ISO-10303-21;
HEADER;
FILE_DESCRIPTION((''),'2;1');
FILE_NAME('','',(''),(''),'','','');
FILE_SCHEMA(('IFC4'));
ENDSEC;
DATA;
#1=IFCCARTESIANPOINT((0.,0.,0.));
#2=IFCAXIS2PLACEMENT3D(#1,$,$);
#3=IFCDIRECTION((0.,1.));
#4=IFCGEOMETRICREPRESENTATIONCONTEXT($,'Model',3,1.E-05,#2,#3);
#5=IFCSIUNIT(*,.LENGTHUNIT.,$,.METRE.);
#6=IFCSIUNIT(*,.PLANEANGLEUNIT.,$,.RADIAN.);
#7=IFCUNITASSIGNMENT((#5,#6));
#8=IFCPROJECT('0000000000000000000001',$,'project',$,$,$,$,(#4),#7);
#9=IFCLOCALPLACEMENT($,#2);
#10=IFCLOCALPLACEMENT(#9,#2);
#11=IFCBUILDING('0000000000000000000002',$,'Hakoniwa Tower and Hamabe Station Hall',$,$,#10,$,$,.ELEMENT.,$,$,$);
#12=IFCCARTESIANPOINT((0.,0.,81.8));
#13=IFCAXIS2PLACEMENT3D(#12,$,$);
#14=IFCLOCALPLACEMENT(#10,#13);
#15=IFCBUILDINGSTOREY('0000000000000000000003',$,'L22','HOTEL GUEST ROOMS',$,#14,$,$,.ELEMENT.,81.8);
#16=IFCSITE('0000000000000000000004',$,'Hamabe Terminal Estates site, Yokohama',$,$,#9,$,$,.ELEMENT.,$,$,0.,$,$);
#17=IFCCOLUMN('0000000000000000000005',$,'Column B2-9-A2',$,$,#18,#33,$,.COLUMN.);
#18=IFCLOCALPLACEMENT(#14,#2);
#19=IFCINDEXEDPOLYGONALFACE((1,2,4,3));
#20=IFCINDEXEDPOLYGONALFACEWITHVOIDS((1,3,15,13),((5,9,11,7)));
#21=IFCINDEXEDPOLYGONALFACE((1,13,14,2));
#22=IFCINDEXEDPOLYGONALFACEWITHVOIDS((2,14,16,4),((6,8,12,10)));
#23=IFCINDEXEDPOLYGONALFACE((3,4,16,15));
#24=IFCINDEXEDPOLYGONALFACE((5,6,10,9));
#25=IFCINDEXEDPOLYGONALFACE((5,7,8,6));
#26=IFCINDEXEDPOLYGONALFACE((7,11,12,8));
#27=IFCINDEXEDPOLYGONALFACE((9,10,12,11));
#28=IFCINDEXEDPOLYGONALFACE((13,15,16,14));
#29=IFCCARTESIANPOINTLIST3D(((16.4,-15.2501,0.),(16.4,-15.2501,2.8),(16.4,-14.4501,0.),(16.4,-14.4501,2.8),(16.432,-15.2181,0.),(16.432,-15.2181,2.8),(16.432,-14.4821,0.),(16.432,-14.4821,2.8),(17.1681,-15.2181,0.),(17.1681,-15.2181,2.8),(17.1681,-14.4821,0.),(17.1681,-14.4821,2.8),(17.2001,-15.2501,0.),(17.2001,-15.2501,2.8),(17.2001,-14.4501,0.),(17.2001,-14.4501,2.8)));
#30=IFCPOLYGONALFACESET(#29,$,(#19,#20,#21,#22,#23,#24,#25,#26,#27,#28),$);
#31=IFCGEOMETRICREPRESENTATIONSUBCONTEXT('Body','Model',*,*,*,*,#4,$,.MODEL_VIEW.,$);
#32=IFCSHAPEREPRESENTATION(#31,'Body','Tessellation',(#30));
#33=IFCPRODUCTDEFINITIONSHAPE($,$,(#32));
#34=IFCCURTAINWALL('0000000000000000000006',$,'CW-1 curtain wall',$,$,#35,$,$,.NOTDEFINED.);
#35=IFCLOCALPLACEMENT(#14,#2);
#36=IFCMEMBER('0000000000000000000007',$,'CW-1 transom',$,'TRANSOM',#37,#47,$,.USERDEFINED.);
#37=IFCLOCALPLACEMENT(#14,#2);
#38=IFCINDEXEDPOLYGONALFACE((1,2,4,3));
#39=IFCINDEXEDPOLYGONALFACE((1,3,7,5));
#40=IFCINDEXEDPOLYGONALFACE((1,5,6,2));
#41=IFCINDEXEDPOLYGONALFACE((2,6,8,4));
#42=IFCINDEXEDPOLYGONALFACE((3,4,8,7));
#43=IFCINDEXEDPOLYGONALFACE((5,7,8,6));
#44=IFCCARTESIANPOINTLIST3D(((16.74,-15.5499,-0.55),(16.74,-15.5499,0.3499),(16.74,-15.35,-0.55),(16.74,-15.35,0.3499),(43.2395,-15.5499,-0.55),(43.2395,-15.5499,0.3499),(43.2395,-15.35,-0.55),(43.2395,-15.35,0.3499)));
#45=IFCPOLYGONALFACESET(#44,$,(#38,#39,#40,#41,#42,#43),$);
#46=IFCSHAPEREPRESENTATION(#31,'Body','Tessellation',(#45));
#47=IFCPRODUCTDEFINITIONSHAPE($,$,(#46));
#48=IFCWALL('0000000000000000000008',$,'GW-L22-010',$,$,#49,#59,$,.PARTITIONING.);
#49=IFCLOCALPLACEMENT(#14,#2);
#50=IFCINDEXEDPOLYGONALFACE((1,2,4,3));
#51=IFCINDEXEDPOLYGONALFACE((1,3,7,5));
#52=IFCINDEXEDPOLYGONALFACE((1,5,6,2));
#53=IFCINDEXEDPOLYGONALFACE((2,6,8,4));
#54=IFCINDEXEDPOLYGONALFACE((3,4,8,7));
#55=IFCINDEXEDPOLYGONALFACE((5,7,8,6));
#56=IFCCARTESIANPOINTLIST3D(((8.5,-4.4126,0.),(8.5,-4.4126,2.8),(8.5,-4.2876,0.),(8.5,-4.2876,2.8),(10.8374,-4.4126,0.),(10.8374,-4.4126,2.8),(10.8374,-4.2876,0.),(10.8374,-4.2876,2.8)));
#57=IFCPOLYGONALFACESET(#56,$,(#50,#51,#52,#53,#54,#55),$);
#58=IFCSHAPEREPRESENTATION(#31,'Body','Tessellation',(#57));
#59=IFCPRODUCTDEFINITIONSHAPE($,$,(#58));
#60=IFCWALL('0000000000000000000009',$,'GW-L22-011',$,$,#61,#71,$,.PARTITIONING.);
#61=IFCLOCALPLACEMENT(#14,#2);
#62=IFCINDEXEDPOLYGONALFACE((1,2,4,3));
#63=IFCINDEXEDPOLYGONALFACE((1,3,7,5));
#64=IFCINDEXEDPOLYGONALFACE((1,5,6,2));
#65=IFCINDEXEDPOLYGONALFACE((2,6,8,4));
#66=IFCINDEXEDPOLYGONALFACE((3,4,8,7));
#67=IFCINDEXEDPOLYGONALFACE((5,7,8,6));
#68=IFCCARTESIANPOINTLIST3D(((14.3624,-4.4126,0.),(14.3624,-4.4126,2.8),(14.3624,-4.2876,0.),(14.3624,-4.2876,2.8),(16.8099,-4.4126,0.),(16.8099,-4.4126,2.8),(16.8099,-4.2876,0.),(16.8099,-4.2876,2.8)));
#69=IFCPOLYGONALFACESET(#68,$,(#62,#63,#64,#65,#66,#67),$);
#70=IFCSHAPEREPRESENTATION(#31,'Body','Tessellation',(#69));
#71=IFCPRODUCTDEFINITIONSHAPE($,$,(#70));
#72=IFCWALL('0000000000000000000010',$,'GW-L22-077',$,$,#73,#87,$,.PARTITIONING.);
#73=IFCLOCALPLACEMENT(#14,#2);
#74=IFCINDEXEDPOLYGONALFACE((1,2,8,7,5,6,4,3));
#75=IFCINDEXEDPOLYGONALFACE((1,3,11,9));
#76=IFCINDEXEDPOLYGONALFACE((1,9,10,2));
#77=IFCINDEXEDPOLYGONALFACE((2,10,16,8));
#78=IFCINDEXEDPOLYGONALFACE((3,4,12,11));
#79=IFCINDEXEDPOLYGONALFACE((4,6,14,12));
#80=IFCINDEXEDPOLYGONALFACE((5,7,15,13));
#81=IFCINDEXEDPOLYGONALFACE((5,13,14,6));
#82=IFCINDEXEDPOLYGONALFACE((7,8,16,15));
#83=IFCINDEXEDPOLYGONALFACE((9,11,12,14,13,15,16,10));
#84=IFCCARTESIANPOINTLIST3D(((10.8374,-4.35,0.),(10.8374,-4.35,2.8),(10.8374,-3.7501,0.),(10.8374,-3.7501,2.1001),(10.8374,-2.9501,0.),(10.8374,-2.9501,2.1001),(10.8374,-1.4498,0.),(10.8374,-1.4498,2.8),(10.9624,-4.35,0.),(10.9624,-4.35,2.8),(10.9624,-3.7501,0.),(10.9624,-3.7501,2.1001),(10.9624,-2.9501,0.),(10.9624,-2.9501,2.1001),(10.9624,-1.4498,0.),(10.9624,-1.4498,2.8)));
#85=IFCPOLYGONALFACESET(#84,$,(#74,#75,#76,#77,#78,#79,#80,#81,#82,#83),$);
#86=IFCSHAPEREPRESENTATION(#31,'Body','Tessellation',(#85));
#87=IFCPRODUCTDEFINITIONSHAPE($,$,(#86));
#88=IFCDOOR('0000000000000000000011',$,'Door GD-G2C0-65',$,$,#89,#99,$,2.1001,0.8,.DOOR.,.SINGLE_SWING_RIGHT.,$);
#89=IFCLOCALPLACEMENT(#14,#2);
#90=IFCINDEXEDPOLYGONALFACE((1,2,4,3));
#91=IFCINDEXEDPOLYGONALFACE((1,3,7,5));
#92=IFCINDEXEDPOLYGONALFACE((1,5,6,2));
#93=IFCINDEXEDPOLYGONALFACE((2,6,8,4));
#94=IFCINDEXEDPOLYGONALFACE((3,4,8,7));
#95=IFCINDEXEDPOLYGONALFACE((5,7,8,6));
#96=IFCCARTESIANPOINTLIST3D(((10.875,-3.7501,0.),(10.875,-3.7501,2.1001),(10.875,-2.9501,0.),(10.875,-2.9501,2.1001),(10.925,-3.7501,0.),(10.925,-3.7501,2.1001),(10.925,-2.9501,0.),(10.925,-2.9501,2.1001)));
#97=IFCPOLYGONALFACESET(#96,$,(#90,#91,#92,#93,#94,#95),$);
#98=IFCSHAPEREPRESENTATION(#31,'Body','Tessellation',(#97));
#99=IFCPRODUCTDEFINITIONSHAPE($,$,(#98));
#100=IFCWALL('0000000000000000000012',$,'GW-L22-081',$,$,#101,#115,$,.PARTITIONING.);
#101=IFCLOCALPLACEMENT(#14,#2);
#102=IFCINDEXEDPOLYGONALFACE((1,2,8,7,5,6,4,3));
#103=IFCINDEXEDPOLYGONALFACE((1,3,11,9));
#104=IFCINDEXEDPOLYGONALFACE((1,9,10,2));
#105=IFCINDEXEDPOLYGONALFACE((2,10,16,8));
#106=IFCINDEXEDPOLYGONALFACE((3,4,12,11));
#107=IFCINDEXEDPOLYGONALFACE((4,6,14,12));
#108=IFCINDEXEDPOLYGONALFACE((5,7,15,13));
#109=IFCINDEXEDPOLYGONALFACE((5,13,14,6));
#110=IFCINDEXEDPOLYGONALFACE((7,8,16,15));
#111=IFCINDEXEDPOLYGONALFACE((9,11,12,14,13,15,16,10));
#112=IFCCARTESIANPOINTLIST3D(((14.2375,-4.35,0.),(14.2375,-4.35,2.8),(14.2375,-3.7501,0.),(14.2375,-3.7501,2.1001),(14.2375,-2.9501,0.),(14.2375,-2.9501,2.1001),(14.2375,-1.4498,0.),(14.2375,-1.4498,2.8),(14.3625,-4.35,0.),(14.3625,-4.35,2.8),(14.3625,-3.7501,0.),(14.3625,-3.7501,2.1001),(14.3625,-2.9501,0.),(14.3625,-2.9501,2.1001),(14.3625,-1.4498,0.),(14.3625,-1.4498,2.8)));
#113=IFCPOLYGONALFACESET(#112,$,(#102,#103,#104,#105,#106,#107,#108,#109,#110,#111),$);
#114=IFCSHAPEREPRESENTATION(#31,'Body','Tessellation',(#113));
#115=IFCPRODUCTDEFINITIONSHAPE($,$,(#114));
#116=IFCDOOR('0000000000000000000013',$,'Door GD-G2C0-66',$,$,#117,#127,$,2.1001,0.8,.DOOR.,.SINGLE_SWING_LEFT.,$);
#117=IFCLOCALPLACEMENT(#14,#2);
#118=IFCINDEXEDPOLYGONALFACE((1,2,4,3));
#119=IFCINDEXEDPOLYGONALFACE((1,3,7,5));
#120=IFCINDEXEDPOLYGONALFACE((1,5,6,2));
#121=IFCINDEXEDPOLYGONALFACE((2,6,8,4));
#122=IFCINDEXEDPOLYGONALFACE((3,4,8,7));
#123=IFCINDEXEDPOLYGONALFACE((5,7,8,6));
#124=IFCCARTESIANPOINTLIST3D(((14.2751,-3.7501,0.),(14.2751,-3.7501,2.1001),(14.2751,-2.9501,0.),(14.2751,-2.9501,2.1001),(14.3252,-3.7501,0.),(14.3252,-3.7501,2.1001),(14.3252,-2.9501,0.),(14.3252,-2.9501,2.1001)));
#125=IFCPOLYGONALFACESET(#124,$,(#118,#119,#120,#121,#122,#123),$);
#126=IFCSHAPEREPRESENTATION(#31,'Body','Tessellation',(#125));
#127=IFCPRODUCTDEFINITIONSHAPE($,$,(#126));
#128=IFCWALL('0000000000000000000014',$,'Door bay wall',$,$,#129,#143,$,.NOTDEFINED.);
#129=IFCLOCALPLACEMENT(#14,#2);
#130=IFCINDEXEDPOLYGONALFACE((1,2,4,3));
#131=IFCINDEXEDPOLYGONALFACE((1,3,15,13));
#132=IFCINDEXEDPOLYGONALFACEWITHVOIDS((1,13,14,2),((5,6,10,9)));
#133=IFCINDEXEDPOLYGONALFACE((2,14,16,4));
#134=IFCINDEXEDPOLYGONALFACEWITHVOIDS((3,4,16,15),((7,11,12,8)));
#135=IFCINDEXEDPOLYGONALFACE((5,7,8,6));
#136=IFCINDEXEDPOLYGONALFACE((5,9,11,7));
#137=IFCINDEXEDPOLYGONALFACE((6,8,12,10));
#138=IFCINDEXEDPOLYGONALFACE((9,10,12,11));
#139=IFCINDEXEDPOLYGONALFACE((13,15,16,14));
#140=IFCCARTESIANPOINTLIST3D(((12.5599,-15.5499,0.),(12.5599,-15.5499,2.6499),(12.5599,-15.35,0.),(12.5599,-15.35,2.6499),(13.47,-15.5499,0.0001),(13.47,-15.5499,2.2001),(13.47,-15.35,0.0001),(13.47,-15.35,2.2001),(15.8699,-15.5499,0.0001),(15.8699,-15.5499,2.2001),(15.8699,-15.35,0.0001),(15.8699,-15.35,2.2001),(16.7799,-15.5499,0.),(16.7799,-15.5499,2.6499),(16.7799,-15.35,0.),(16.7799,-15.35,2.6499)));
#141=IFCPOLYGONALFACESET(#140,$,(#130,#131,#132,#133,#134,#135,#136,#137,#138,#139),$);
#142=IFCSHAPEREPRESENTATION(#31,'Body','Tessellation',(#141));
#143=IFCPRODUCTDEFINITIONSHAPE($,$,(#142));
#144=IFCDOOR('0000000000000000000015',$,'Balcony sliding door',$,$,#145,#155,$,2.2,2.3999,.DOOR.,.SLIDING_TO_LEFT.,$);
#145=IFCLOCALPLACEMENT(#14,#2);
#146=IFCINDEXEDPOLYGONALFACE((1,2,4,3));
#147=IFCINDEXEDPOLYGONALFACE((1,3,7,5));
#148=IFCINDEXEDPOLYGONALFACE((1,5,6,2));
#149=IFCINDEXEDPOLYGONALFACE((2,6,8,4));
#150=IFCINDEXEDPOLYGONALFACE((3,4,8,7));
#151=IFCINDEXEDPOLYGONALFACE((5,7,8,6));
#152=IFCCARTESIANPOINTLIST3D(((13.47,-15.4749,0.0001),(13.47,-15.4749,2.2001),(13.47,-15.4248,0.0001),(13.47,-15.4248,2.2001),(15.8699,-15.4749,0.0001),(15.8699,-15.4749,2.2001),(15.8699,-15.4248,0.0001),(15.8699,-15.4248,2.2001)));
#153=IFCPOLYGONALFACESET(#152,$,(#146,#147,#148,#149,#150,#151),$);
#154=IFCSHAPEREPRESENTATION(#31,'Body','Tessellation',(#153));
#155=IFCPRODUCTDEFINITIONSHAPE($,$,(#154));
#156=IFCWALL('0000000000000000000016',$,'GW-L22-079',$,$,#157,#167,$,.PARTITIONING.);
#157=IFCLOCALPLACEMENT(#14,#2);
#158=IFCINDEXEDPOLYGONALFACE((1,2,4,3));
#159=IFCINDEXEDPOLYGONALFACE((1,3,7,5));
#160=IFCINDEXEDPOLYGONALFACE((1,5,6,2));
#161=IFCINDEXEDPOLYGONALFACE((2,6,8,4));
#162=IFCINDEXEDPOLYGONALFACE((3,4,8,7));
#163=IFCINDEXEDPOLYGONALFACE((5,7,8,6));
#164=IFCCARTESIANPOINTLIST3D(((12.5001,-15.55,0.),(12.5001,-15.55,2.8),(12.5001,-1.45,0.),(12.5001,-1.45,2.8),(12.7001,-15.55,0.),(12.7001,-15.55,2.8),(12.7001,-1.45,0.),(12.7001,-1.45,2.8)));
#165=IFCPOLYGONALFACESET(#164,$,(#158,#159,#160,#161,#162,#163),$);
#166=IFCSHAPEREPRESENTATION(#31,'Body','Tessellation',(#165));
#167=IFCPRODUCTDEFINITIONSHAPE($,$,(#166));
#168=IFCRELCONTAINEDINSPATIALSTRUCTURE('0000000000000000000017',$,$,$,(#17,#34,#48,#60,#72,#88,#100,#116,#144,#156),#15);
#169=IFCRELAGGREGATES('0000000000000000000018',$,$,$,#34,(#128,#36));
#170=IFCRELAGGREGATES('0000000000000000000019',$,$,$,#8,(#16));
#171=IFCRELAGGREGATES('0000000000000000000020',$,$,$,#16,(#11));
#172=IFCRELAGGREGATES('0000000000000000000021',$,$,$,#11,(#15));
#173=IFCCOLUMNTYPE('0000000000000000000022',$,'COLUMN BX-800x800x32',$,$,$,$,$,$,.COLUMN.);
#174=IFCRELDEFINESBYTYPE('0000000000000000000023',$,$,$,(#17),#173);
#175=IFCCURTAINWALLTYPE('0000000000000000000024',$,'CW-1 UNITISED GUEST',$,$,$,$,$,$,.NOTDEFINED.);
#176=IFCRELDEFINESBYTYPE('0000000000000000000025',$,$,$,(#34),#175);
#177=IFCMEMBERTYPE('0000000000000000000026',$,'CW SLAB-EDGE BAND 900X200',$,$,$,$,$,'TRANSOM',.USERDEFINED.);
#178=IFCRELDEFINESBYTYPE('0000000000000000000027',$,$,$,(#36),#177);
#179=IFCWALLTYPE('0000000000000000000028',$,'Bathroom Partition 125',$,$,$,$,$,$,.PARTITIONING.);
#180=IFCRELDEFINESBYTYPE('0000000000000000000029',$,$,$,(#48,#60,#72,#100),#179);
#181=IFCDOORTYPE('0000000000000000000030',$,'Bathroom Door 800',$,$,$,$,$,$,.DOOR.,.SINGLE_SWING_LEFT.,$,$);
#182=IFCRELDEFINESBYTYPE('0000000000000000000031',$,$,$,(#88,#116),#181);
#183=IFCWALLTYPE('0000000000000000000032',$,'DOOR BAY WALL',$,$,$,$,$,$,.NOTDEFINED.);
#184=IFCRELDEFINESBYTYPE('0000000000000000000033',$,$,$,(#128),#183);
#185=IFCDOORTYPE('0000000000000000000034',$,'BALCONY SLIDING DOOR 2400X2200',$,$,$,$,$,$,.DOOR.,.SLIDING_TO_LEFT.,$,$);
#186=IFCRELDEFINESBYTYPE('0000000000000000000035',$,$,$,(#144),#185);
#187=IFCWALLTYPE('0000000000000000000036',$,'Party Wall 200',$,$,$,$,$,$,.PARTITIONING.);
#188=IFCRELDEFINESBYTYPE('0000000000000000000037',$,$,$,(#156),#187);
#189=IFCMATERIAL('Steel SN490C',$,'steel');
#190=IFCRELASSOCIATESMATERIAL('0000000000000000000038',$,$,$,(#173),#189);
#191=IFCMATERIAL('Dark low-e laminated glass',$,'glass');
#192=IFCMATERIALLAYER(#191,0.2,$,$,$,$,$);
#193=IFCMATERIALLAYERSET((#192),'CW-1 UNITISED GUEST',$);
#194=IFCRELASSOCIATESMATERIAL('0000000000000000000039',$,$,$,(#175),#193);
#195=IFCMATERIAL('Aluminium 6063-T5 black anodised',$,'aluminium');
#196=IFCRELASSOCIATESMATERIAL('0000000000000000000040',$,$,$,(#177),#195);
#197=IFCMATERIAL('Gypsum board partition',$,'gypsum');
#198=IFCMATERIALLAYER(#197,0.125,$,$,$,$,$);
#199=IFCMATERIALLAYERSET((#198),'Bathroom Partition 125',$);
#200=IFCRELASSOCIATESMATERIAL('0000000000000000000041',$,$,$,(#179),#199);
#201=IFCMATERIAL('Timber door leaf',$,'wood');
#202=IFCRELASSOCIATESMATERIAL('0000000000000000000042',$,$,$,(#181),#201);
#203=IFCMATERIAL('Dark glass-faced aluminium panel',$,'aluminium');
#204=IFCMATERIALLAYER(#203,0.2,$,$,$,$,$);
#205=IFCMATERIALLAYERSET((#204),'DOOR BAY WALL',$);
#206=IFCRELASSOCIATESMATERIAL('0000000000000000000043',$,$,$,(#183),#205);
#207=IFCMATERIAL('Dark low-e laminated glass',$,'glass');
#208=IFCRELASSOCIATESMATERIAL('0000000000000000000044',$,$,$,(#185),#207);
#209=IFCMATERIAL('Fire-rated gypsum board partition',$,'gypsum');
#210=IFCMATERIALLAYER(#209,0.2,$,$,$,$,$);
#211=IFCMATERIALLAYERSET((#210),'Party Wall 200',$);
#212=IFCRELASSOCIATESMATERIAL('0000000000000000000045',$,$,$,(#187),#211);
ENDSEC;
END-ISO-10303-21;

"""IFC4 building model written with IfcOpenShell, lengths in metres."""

from ifc_helpers import new_model, si_unit, direction, frame, frame_2d, origin, origin_2d, place, context, subcontext, project, spatial, rectangle, hollow_rectangle, extrude, material, layer, layer_set, material_profile, profile_set, type_object, element, fill, aggregate, save


model = new_model("IFC4")

# Units and contexts
model_context = context("Model", 3, precision=1e-05, world=origin(), true_north=direction((0.0, 1.0)))
body_context = subcontext(model_context, "Body", "Model", "MODEL_VIEW")
ifc_project = project(units=[si_unit("LENGTHUNIT", "METRE"), si_unit("PLANEANGLEUNIT", "RADIAN")], contexts=[model_context])

# Site, building, storey
site_placement = place(None, origin())
site = spatial("IfcSite", under=ifc_project, at=site_placement, Name="Hamabe Terminal Estates site, Yokohama", CompositionType="ELEMENT", RefElevation=0.0)
building_placement = place(site_placement, origin())
building = spatial("IfcBuilding", under=site, at=building_placement, Name="Hakoniwa Tower and Hamabe Station Hall", CompositionType="ELEMENT")
storey_placement = place(building_placement, frame((0.0, 0.0, 81.8)))
storey = spatial("IfcBuildingStorey", under=building, at=storey_placement, Name="L22", Description="HOTEL GUEST ROOMS", CompositionType="ELEMENT", Elevation=81.8)

# Column
ifc_material_1 = material(Name="Steel SN490C", Category="steel")
ifc_material_profile_1 = material_profile(ifc_material_1, hollow_rectangle(XDim=0.8, YDim=0.8, WallThickness=0.032, at=origin_2d()), Name="BX-800x800x32")
ifc_profile_set_1 = profile_set([ifc_material_profile_1], Name="Steel SN490C")
column_type = type_object("IfcColumnType", Name="COLUMN BX-800x800x32", PredefinedType="COLUMN", material=ifc_profile_set_1)
column_placement = place(storey_placement, frame((16.8, -14.8501, 0.0), z_axis=(0.0, 0.0, 1.0), x_axis=(1.0, 0.0, 0.0)))
element("IfcColumn", 1, at=column_placement, inside=storey, type_object=column_type, Name="Column B2-9-A2", PredefinedType="COLUMN", context=body_context, shape_type="SweptSolid", body=[
    extrude(hollow_rectangle(XDim=0.8, YDim=0.8, WallThickness=0.032, at=origin_2d()), origin(), (0.0, 0.0, 1.0), 2.8),
])

# Curtain wall, member
ifc_material_2 = material(Name="Dark low-e laminated glass", Category="glass")
ifc_layer_1 = layer(ifc_material_2, 0.2)
ifc_layer_set_1 = layer_set([ifc_layer_1], Name="CW-1 UNITISED GUEST")
curtain_wall_type = type_object("IfcCurtainWallType", Name="CW-1 UNITISED GUEST", PredefinedType="NOTDEFINED", material=ifc_layer_set_1)
curtain_wall_placement = place(storey_placement, origin())
curtain_wall = element("IfcCurtainWall", 2, at=curtain_wall_placement, inside=storey, type_object=curtain_wall_type, Name="CW-1 curtain wall", PredefinedType="NOTDEFINED")
ifc_material_3 = material(Name="Aluminium 6063-T5 black anodised", Category="aluminium")
ifc_material_profile_2 = material_profile(ifc_material_3, rectangle(XDim=0.2, YDim=0.8999, at=origin_2d()), Name="CW SLAB-EDGE BAND 900X200")
ifc_profile_set_2 = profile_set([ifc_material_profile_2], Name="Aluminium 6063-T5 black anodised")
member_type = type_object("IfcMemberType", Name="CW SLAB-EDGE BAND 900X200", ElementType="TRANSOM", PredefinedType="USERDEFINED", material=ifc_profile_set_2)
member_placement = place(storey_placement, frame((16.74, -15.45, -0.1001), z_axis=(1.0, 0.0, 0.0), x_axis=(0.0, 1.0, 0.0)))
member = element("IfcMember", 3, at=member_placement, type_object=member_type, Name="CW-1 transom", ObjectType="TRANSOM", PredefinedType="USERDEFINED", context=body_context, shape_type="SweptSolid", body=[
    extrude(rectangle(XDim=0.2, YDim=0.8999, at=origin_2d()), origin(), (0.0, 0.0, 1.0), 26.4995),
])

# Walls
ifc_material_4 = material(Name="Gypsum board partition", Category="gypsum")
ifc_layer_2 = layer(ifc_material_4, 0.125)
ifc_layer_set_2 = layer_set([ifc_layer_2], Name="Bathroom Partition 125")
wall_type_1 = type_object("IfcWallType", Name="Bathroom Partition 125", PredefinedType="PARTITIONING", material=ifc_layer_set_2)
wall_1_placement = place(storey_placement, frame((8.5, -4.3501, 0.0), z_axis=(0.0, 0.0, 1.0), x_axis=(1.0, 0.0, 0.0)))
element("IfcWall", 4, at=wall_1_placement, inside=storey, type_object=wall_type_1, Name="GW-L22-010", PredefinedType="PARTITIONING", context=body_context, shape_type="SweptSolid", body=[
    extrude(rectangle(XDim=2.3374, YDim=0.125, at=frame_2d((1.1687, 0.0))), origin(), (0.0, 0.0, 1.0), 2.8),
])
wall_2_placement = place(storey_placement, frame((14.3625, -4.3501, 0.0), z_axis=(0.0, 0.0, 1.0), x_axis=(1.0, 0.0, 0.0)))
element("IfcWall", 5, at=wall_2_placement, inside=storey, type_object=wall_type_1, Name="GW-L22-011", PredefinedType="PARTITIONING", context=body_context, shape_type="SweptSolid", body=[
    extrude(rectangle(XDim=2.4475, YDim=0.125, at=frame_2d((1.2236, 0.0))), origin(), (0.0, 0.0, 1.0), 2.8),
])

# Walls, openings, doors
wall_3_placement = place(storey_placement, frame((10.8999, -4.3501, 0.0), z_axis=(0.0, 0.0, 1.0), x_axis=(0.0, 1.0, 0.0)))
wall_3 = element("IfcWall", 6, at=wall_3_placement, inside=storey, type_object=wall_type_1, Name="GW-L22-077", PredefinedType="PARTITIONING", context=body_context, shape_type="SweptSolid", body=[
    extrude(rectangle(XDim=2.9001, YDim=0.125, at=frame_2d((1.4502, 0.0))), origin(), (0.0, 0.0, 1.0), 2.8),
])
opening_1_placement = place(wall_3_placement, frame((0.6001, 0.0, 0.0)))
opening_1 = element("IfcOpeningElement", 7, at=opening_1_placement, cuts=wall_3, PredefinedType="OPENING", context=body_context, shape_type="SweptSolid", body=[
    extrude(rectangle(XDim=0.8, YDim=2.1001, at=frame_2d((0.3999, 1.05))), frame((0.0, 0.0725, 0.0), z_axis=(0.0, -1.0, 0.0), x_axis=(1.0, 0.0, 0.0)), (0.0, 0.0, 1.0), 0.145),
])
ifc_material_5 = material(Name="Timber door leaf", Category="wood")
door_type_1 = type_object("IfcDoorType", Name="Bathroom Door 800", OperationType="SINGLE_SWING_LEFT", PredefinedType="DOOR", material=ifc_material_5)
door_1_placement = place(opening_1_placement, origin())
door_1 = element("IfcDoor", 8, at=door_1_placement, inside=storey, type_object=door_type_1, Name="Door GD-G2C0-65", OperationType="SINGLE_SWING_RIGHT", OverallHeight=2.1001, OverallWidth=0.8, PredefinedType="DOOR", context=body_context, shape_type="SweptSolid", body=[
    extrude(rectangle(XDim=0.8, YDim=2.1001, at=frame_2d((0.3999, 1.05))), frame((0.0, 0.0249, 0.0), z_axis=(0.0, -1.0, 0.0), x_axis=(1.0, 0.0, 0.0)), (0.0, 0.0, 1.0), 0.05),
])
fill(opening_1, door_1)
wall_4_placement = place(storey_placement, frame((14.3, -4.3501, 0.0), z_axis=(0.0, 0.0, 1.0), x_axis=(0.0, 1.0, 0.0)))
wall_4 = element("IfcWall", 9, at=wall_4_placement, inside=storey, type_object=wall_type_1, Name="GW-L22-081", PredefinedType="PARTITIONING", context=body_context, shape_type="SweptSolid", body=[
    extrude(rectangle(XDim=2.9001, YDim=0.125, at=frame_2d((1.4502, 0.0))), origin(), (0.0, 0.0, 1.0), 2.8),
])
opening_2_placement = place(wall_4_placement, frame((0.6001, 0.0, 0.0)))
opening_2 = element("IfcOpeningElement", 10, at=opening_2_placement, cuts=wall_4, PredefinedType="OPENING", context=body_context, shape_type="SweptSolid", body=[
    extrude(rectangle(XDim=0.8, YDim=2.1001, at=frame_2d((0.3999, 1.05))), frame((0.0, 0.0725, 0.0), z_axis=(0.0, -1.0, 0.0), x_axis=(1.0, 0.0, 0.0)), (0.0, 0.0, 1.0), 0.145),
])
door_2_placement = place(opening_2_placement, origin())
door_2 = element("IfcDoor", 11, at=door_2_placement, inside=storey, type_object=door_type_1, Name="Door GD-G2C0-66", OperationType="SINGLE_SWING_LEFT", OverallHeight=2.1001, OverallWidth=0.8, PredefinedType="DOOR", context=body_context, shape_type="SweptSolid", body=[
    extrude(rectangle(XDim=0.8, YDim=2.1001, at=frame_2d((0.3999, 1.05))), frame((0.0, 0.0249, 0.0), z_axis=(0.0, -1.0, 0.0), x_axis=(1.0, 0.0, 0.0)), (0.0, 0.0, 1.0), 0.05),
])
fill(opening_2, door_2)
ifc_material_6 = material(Name="Dark glass-faced aluminium panel", Category="aluminium")
ifc_layer_3 = layer(ifc_material_6, 0.2)
ifc_layer_set_3 = layer_set([ifc_layer_3], Name="DOOR BAY WALL")
wall_type_2 = type_object("IfcWallType", Name="DOOR BAY WALL", PredefinedType="NOTDEFINED", material=ifc_layer_set_3)
wall_5_placement = place(storey_placement, frame((12.5601, -15.45, 0.0), z_axis=(0.0, 0.0, 1.0), x_axis=(1.0, 0.0, 0.0)))
wall_5 = element("IfcWall", 12, at=wall_5_placement, type_object=wall_type_2, Name="Door bay wall", PredefinedType="NOTDEFINED", context=body_context, shape_type="SweptSolid", body=[
    extrude(rectangle(XDim=4.22, YDim=0.2, at=frame_2d((2.1099, 0.0))), origin(), (0.0, 0.0, 1.0), 2.6499),
])
opening_3_placement = place(wall_5_placement, frame((0.9099, 0.0, 0.0)))
opening_3 = element("IfcOpeningElement", 13, at=opening_3_placement, cuts=wall_5, PredefinedType="OPENING", context=body_context, shape_type="SweptSolid", body=[
    extrude(rectangle(XDim=2.3999, YDim=2.2, at=frame_2d((1.2, 1.1001))), frame((0.0, 0.1099, 0.0), z_axis=(0.0, -1.0, 0.0), x_axis=(1.0, 0.0, 0.0)), (0.0, 0.0, 1.0), 0.22),
])
ifc_material_7 = material(Name="Dark low-e laminated glass", Category="glass")
door_type_2 = type_object("IfcDoorType", Name="BALCONY SLIDING DOOR 2400X2200", OperationType="SLIDING_TO_LEFT", PredefinedType="DOOR", material=ifc_material_7)
door_3_placement = place(opening_3_placement, frame((2.3999, 0.0, 0.0), z_axis=(0.0, 0.0, 1.0), x_axis=(-1.0, 0.0, 0.0)))
door_3 = element("IfcDoor", 14, at=door_3_placement, inside=storey, type_object=door_type_2, Name="Balcony sliding door", OperationType="SLIDING_TO_LEFT", OverallHeight=2.2, OverallWidth=2.3999, PredefinedType="DOOR", context=body_context, shape_type="SweptSolid", body=[
    extrude(rectangle(XDim=2.3999, YDim=2.2, at=frame_2d((1.2, 1.1001))), frame((0.0, 0.0249, 0.0), z_axis=(0.0, -1.0, 0.0), x_axis=(1.0, 0.0, 0.0)), (0.0, 0.0, 1.0), 0.05),
])
fill(opening_3, door_3)
aggregate(curtain_wall, [wall_5, member])

# Wall
ifc_material_8 = material(Name="Fire-rated gypsum board partition", Category="gypsum")
ifc_layer_4 = layer(ifc_material_8, 0.2)
ifc_layer_set_4 = layer_set([ifc_layer_4], Name="Party Wall 200")
wall_type_3 = type_object("IfcWallType", Name="Party Wall 200", PredefinedType="PARTITIONING", material=ifc_layer_set_4)
wall_6_placement = place(storey_placement, frame((12.6001, -15.55, 0.0), z_axis=(0.0, 0.0, 1.0), x_axis=(0.0, 1.0, 0.0)))
element("IfcWall", 15, at=wall_6_placement, inside=storey, type_object=wall_type_3, Name="GW-L22-079", PredefinedType="PARTITIONING", context=body_context, shape_type="SweptSolid", body=[
    extrude(rectangle(XDim=14.1001, YDim=0.2, at=frame_2d((7.05, 0.0))), origin(), (0.0, 0.0, 1.0), 2.8),
])

save(model, "model.ifc")
